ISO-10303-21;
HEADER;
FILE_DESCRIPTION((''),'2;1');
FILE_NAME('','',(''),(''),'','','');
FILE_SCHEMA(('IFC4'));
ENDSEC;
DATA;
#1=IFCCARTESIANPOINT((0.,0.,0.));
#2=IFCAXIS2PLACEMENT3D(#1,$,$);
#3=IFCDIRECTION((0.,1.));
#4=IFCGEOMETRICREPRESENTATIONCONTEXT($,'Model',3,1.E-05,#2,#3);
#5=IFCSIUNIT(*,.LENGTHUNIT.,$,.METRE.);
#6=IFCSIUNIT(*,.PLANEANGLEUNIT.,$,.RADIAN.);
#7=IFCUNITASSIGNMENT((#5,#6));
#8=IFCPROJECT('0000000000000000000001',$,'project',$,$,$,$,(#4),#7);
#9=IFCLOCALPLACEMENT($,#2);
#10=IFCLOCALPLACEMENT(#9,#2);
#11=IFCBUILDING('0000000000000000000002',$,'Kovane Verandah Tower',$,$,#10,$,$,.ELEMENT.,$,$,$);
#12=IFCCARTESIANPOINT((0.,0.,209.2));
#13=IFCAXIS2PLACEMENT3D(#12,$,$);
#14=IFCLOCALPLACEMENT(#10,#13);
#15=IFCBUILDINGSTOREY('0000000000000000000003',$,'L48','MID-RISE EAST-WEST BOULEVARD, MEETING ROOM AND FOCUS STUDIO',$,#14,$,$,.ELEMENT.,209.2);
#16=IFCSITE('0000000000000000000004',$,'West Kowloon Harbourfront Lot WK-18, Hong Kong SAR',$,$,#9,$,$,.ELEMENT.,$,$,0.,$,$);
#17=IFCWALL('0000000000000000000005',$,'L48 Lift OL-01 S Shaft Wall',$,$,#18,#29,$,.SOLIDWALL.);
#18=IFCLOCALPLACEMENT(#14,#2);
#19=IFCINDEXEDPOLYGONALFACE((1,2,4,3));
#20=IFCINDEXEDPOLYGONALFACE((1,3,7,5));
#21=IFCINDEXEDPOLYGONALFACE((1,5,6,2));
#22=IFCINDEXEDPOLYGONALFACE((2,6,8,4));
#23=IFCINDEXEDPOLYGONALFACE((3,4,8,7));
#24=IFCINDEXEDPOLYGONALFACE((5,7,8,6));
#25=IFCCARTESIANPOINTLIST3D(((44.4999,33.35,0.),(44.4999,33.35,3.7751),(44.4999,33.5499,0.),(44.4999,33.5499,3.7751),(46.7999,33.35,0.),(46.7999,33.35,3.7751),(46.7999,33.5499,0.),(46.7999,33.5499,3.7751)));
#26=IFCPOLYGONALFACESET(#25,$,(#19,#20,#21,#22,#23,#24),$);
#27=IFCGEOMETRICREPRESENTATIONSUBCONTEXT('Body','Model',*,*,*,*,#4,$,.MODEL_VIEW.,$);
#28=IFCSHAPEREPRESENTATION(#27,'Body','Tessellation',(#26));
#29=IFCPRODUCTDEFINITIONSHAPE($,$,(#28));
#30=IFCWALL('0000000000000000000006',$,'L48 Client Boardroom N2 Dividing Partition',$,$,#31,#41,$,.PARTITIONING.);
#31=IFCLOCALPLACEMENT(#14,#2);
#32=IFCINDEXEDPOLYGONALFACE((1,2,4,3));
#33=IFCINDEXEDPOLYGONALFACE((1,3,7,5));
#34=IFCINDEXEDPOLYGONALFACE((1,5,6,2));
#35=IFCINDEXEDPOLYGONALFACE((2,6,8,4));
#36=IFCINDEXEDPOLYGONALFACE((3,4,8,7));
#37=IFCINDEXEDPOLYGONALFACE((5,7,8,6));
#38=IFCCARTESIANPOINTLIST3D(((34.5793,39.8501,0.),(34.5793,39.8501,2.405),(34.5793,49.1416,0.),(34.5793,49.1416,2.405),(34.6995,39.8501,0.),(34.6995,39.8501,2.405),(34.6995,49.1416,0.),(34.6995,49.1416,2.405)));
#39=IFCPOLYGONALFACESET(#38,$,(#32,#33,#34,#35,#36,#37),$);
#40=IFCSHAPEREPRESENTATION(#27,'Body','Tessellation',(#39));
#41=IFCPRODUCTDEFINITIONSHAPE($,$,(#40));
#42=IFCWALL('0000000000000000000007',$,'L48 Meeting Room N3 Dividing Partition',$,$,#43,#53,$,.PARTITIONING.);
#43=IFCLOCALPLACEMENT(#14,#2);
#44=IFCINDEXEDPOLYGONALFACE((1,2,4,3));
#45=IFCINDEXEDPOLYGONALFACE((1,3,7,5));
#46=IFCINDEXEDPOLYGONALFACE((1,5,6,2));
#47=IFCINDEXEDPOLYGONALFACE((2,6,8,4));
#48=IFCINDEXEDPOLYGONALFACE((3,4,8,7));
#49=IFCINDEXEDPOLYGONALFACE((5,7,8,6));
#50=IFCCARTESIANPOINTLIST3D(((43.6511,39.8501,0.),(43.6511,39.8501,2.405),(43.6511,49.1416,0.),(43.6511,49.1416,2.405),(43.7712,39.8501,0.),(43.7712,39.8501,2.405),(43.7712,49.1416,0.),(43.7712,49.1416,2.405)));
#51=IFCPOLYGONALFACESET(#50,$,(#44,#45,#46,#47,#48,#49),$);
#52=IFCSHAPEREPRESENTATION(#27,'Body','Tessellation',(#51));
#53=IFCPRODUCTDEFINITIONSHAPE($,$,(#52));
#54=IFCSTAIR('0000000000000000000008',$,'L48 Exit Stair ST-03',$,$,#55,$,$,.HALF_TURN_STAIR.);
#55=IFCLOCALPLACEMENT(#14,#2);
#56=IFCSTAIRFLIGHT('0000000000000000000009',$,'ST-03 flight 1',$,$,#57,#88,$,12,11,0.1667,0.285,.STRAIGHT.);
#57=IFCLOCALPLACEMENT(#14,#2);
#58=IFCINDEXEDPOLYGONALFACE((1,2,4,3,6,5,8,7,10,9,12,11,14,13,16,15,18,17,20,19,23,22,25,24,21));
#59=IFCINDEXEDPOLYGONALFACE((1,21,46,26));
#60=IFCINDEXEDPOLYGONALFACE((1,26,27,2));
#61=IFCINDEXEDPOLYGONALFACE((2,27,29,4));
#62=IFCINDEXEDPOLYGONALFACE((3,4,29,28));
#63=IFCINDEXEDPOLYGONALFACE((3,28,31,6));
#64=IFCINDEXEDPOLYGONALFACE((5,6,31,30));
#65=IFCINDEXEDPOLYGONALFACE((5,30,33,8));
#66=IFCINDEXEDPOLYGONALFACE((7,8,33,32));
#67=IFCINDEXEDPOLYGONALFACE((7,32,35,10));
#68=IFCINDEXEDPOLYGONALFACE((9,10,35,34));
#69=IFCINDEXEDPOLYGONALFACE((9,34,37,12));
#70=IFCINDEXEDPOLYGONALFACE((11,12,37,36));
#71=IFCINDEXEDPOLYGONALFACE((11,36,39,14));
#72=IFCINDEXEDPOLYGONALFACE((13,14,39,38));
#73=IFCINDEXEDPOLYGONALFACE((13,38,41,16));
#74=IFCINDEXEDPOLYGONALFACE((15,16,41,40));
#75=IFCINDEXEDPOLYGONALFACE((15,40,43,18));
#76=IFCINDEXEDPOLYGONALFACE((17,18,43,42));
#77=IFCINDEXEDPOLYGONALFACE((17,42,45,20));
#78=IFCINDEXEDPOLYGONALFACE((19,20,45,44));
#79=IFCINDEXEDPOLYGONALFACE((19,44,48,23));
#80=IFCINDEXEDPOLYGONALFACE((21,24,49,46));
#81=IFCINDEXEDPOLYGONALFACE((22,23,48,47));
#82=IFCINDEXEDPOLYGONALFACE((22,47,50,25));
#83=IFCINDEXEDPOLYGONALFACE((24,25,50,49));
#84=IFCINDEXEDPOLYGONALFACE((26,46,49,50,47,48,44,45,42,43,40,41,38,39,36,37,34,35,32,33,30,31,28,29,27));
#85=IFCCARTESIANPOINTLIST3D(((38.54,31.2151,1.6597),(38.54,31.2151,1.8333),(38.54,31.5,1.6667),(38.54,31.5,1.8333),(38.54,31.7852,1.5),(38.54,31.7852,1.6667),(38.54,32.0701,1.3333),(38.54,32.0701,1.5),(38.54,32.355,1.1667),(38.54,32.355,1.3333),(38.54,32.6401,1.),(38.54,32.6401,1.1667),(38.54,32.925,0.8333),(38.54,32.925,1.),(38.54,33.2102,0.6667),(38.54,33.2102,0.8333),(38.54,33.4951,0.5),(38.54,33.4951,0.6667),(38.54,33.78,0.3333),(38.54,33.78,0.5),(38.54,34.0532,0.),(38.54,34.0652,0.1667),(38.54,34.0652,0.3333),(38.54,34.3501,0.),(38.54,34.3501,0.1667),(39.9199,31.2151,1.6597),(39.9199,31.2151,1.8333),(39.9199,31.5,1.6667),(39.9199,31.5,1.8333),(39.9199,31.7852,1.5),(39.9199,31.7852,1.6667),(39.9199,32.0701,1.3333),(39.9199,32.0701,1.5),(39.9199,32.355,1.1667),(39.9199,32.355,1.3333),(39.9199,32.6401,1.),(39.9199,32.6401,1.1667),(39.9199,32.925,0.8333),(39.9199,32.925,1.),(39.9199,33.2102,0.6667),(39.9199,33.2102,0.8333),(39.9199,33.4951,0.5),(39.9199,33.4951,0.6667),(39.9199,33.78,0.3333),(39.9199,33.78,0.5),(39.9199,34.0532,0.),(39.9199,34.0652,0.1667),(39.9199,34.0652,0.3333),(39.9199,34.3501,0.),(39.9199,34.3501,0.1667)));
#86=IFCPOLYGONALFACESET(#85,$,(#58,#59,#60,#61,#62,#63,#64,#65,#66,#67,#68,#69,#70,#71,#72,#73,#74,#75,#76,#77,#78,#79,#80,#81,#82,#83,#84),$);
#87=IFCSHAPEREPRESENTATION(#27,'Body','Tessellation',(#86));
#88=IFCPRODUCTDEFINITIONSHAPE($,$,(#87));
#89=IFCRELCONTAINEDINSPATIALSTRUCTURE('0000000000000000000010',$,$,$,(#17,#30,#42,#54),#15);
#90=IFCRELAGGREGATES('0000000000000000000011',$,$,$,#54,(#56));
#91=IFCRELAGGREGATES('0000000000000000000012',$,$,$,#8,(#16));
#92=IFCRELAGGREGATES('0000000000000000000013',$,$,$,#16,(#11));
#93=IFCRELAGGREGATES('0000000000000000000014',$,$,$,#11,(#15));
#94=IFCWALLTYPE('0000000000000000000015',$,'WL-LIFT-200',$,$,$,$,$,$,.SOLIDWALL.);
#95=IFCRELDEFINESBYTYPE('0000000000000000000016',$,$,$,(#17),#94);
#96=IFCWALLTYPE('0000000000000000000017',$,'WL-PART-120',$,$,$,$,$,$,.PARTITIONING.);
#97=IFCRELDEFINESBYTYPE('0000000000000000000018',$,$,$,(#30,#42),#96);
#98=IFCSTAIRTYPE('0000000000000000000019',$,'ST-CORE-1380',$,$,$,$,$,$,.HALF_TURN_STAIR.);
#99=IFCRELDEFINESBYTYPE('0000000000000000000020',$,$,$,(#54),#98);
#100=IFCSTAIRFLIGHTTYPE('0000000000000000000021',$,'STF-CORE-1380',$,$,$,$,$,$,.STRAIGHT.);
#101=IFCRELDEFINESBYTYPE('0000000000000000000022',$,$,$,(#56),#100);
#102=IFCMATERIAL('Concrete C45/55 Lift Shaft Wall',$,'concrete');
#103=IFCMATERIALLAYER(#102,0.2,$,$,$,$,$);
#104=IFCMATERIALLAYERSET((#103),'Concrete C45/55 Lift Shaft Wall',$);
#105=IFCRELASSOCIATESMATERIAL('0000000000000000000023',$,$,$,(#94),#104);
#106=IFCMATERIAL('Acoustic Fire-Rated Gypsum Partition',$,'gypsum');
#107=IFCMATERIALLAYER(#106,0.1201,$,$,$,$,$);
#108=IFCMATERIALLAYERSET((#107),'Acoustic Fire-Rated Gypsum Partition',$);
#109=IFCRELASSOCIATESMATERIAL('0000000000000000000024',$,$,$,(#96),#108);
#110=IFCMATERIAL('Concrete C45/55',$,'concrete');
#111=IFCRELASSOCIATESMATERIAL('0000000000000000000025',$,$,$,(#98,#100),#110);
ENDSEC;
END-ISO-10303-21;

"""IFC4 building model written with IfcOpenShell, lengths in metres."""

from ifc_helpers import new_model, si_unit, direction, frame, frame_2d, origin, place, context, subcontext, project, spatial, polyline, rectangle, outline, extrude, material, layer, layer_set, type_object, element, aggregate, save


model = new_model("IFC4")

# Units and contexts
model_context = context("Model", 3, precision=1e-05, world=origin(), true_north=direction((0.0, 1.0)))
body_context = subcontext(model_context, "Body", "Model", "MODEL_VIEW")
ifc_project = project(units=[si_unit("LENGTHUNIT", "METRE"), si_unit("PLANEANGLEUNIT", "RADIAN")], contexts=[model_context])

# Site, building, storey
site_placement = place(None, origin())
site = spatial("IfcSite", under=ifc_project, at=site_placement, Name="West Kowloon Harbourfront Lot WK-18, Hong Kong SAR", CompositionType="ELEMENT", RefElevation=0.0)
building_placement = place(site_placement, origin())
building = spatial("IfcBuilding", under=site, at=building_placement, Name="Kovane Verandah Tower", CompositionType="ELEMENT")
storey_placement = place(building_placement, frame((0.0, 0.0, 209.2)))
storey = spatial("IfcBuildingStorey", under=building, at=storey_placement, Name="L48", Description="MID-RISE EAST-WEST BOULEVARD, MEETING ROOM AND FOCUS STUDIO", CompositionType="ELEMENT", Elevation=209.2)

# Walls
ifc_material_1 = material(Name="Concrete C45/55 Lift Shaft Wall", Category="concrete")
ifc_layer_1 = layer(ifc_material_1, 0.2)
ifc_layer_set_1 = layer_set([ifc_layer_1], Name="Concrete C45/55 Lift Shaft Wall")
wall_type_1 = type_object("IfcWallType", Name="WL-LIFT-200", PredefinedType="SOLIDWALL", material=ifc_layer_set_1)
wall_1_placement = place(storey_placement, frame((44.5, 33.45, 0.0), z_axis=(0.0, 0.0, 1.0), x_axis=(1.0, 0.0, 0.0)))
element("IfcWall", 1, at=wall_1_placement, inside=storey, type_object=wall_type_1, Name="L48 Lift OL-01 S Shaft Wall", PredefinedType="SOLIDWALL", context=body_context, shape_type="SweptSolid", body=[
    extrude(rectangle(XDim=2.3, YDim=0.2, at=frame_2d((1.1499, 0.0))), origin(), (0.0, 0.0, 1.0), 3.7751),
])
ifc_material_2 = material(Name="Acoustic Fire-Rated Gypsum Partition", Category="gypsum")
ifc_layer_2 = layer(ifc_material_2, 0.1201)
ifc_layer_set_2 = layer_set([ifc_layer_2], Name="Acoustic Fire-Rated Gypsum Partition")
wall_type_2 = type_object("IfcWallType", Name="WL-PART-120", PredefinedType="PARTITIONING", material=ifc_layer_set_2)
for number, where, z_axis, x_axis, name in (
    (2, (34.6394, 39.8501, 0.0), (0.0, 0.0, 1.0), (0.0, 1.0, 0.0), "L48 Client Boardroom N2 Dividing Partition"),
    (3, (43.7112, 39.8501, 0.0), (0.0, 0.0, 1.0), (0.0, 1.0, 0.0), "L48 Meeting Room N3 Dividing Partition"),
):
    element("IfcWall", number, at=place(storey_placement, frame(where, z_axis=z_axis, x_axis=x_axis)), inside=storey, type_object=wall_type_2, Name=name, PredefinedType="PARTITIONING", context=body_context, shape_type="SweptSolid", body=[
        extrude(rectangle(XDim=9.2915, YDim=0.1201, at=frame_2d((4.6458, 0.0))), origin(), (0.0, 0.0, 1.0), 2.405),
    ])

# Stair, stair flight
ifc_material_3 = material(Name="Concrete C45/55", Category="concrete")
stair_type = type_object("IfcStairType", Name="ST-CORE-1380", PredefinedType="HALF_TURN_STAIR", material=ifc_material_3)
stair_placement = place(storey_placement, origin())
stair = element("IfcStair", 4, at=stair_placement, inside=storey, type_object=stair_type, Name="L48 Exit Stair ST-03", PredefinedType="HALF_TURN_STAIR")
stair_flight_type = type_object("IfcStairFlightType", Name="STF-CORE-1380", PredefinedType="STRAIGHT", material=ifc_material_3)
stair_flight_placement = place(storey_placement, frame((39.23, 34.3501, 0.0), z_axis=(0.0, 0.0, 1.0), x_axis=(0.0, -1.0, 0.0)))
stair_flight = element("IfcStairFlight", 5, at=stair_flight_placement, type_object=stair_flight_type, Name="ST-03 flight 1", NumberOfRisers=12, NumberOfTreads=11, PredefinedType="STRAIGHT", RiserHeight=0.1667, TreadLength=0.285, context=body_context, shape_type="SweptSolid", body=[
    extrude(outline(polyline([(0.0, 0.0), (0.0, 0.1667), (0.2849, 0.1667), (0.2849, 0.3333), (0.5701, 0.3333), (0.5701, 0.5), (0.855, 0.5), (0.855, 0.6667), (1.1399, 0.6667), (1.1399, 0.8333), (1.425, 0.8333), (1.425, 1.0), (1.71, 1.0), (1.71, 1.1667), (1.9951, 1.1667), (1.9951, 1.3333), (2.28, 1.3333), (2.28, 1.5), (2.5649, 1.5), (2.5649, 1.6667), (2.8501, 1.6667), (2.8501, 1.8333), (3.135, 1.8333), (3.135, 2.0), (3.135, 1.6597), (0.2969, 0.0), (0.0, 0.0)])), frame((0.0, 0.6899, 0.0), z_axis=(0.0, -1.0, 0.0), x_axis=(1.0, 0.0, 0.0)), (0.0, 0.0, 1.0), 1.3799),
])
aggregate(stair, [stair_flight])

save(model, "model.ifc")
